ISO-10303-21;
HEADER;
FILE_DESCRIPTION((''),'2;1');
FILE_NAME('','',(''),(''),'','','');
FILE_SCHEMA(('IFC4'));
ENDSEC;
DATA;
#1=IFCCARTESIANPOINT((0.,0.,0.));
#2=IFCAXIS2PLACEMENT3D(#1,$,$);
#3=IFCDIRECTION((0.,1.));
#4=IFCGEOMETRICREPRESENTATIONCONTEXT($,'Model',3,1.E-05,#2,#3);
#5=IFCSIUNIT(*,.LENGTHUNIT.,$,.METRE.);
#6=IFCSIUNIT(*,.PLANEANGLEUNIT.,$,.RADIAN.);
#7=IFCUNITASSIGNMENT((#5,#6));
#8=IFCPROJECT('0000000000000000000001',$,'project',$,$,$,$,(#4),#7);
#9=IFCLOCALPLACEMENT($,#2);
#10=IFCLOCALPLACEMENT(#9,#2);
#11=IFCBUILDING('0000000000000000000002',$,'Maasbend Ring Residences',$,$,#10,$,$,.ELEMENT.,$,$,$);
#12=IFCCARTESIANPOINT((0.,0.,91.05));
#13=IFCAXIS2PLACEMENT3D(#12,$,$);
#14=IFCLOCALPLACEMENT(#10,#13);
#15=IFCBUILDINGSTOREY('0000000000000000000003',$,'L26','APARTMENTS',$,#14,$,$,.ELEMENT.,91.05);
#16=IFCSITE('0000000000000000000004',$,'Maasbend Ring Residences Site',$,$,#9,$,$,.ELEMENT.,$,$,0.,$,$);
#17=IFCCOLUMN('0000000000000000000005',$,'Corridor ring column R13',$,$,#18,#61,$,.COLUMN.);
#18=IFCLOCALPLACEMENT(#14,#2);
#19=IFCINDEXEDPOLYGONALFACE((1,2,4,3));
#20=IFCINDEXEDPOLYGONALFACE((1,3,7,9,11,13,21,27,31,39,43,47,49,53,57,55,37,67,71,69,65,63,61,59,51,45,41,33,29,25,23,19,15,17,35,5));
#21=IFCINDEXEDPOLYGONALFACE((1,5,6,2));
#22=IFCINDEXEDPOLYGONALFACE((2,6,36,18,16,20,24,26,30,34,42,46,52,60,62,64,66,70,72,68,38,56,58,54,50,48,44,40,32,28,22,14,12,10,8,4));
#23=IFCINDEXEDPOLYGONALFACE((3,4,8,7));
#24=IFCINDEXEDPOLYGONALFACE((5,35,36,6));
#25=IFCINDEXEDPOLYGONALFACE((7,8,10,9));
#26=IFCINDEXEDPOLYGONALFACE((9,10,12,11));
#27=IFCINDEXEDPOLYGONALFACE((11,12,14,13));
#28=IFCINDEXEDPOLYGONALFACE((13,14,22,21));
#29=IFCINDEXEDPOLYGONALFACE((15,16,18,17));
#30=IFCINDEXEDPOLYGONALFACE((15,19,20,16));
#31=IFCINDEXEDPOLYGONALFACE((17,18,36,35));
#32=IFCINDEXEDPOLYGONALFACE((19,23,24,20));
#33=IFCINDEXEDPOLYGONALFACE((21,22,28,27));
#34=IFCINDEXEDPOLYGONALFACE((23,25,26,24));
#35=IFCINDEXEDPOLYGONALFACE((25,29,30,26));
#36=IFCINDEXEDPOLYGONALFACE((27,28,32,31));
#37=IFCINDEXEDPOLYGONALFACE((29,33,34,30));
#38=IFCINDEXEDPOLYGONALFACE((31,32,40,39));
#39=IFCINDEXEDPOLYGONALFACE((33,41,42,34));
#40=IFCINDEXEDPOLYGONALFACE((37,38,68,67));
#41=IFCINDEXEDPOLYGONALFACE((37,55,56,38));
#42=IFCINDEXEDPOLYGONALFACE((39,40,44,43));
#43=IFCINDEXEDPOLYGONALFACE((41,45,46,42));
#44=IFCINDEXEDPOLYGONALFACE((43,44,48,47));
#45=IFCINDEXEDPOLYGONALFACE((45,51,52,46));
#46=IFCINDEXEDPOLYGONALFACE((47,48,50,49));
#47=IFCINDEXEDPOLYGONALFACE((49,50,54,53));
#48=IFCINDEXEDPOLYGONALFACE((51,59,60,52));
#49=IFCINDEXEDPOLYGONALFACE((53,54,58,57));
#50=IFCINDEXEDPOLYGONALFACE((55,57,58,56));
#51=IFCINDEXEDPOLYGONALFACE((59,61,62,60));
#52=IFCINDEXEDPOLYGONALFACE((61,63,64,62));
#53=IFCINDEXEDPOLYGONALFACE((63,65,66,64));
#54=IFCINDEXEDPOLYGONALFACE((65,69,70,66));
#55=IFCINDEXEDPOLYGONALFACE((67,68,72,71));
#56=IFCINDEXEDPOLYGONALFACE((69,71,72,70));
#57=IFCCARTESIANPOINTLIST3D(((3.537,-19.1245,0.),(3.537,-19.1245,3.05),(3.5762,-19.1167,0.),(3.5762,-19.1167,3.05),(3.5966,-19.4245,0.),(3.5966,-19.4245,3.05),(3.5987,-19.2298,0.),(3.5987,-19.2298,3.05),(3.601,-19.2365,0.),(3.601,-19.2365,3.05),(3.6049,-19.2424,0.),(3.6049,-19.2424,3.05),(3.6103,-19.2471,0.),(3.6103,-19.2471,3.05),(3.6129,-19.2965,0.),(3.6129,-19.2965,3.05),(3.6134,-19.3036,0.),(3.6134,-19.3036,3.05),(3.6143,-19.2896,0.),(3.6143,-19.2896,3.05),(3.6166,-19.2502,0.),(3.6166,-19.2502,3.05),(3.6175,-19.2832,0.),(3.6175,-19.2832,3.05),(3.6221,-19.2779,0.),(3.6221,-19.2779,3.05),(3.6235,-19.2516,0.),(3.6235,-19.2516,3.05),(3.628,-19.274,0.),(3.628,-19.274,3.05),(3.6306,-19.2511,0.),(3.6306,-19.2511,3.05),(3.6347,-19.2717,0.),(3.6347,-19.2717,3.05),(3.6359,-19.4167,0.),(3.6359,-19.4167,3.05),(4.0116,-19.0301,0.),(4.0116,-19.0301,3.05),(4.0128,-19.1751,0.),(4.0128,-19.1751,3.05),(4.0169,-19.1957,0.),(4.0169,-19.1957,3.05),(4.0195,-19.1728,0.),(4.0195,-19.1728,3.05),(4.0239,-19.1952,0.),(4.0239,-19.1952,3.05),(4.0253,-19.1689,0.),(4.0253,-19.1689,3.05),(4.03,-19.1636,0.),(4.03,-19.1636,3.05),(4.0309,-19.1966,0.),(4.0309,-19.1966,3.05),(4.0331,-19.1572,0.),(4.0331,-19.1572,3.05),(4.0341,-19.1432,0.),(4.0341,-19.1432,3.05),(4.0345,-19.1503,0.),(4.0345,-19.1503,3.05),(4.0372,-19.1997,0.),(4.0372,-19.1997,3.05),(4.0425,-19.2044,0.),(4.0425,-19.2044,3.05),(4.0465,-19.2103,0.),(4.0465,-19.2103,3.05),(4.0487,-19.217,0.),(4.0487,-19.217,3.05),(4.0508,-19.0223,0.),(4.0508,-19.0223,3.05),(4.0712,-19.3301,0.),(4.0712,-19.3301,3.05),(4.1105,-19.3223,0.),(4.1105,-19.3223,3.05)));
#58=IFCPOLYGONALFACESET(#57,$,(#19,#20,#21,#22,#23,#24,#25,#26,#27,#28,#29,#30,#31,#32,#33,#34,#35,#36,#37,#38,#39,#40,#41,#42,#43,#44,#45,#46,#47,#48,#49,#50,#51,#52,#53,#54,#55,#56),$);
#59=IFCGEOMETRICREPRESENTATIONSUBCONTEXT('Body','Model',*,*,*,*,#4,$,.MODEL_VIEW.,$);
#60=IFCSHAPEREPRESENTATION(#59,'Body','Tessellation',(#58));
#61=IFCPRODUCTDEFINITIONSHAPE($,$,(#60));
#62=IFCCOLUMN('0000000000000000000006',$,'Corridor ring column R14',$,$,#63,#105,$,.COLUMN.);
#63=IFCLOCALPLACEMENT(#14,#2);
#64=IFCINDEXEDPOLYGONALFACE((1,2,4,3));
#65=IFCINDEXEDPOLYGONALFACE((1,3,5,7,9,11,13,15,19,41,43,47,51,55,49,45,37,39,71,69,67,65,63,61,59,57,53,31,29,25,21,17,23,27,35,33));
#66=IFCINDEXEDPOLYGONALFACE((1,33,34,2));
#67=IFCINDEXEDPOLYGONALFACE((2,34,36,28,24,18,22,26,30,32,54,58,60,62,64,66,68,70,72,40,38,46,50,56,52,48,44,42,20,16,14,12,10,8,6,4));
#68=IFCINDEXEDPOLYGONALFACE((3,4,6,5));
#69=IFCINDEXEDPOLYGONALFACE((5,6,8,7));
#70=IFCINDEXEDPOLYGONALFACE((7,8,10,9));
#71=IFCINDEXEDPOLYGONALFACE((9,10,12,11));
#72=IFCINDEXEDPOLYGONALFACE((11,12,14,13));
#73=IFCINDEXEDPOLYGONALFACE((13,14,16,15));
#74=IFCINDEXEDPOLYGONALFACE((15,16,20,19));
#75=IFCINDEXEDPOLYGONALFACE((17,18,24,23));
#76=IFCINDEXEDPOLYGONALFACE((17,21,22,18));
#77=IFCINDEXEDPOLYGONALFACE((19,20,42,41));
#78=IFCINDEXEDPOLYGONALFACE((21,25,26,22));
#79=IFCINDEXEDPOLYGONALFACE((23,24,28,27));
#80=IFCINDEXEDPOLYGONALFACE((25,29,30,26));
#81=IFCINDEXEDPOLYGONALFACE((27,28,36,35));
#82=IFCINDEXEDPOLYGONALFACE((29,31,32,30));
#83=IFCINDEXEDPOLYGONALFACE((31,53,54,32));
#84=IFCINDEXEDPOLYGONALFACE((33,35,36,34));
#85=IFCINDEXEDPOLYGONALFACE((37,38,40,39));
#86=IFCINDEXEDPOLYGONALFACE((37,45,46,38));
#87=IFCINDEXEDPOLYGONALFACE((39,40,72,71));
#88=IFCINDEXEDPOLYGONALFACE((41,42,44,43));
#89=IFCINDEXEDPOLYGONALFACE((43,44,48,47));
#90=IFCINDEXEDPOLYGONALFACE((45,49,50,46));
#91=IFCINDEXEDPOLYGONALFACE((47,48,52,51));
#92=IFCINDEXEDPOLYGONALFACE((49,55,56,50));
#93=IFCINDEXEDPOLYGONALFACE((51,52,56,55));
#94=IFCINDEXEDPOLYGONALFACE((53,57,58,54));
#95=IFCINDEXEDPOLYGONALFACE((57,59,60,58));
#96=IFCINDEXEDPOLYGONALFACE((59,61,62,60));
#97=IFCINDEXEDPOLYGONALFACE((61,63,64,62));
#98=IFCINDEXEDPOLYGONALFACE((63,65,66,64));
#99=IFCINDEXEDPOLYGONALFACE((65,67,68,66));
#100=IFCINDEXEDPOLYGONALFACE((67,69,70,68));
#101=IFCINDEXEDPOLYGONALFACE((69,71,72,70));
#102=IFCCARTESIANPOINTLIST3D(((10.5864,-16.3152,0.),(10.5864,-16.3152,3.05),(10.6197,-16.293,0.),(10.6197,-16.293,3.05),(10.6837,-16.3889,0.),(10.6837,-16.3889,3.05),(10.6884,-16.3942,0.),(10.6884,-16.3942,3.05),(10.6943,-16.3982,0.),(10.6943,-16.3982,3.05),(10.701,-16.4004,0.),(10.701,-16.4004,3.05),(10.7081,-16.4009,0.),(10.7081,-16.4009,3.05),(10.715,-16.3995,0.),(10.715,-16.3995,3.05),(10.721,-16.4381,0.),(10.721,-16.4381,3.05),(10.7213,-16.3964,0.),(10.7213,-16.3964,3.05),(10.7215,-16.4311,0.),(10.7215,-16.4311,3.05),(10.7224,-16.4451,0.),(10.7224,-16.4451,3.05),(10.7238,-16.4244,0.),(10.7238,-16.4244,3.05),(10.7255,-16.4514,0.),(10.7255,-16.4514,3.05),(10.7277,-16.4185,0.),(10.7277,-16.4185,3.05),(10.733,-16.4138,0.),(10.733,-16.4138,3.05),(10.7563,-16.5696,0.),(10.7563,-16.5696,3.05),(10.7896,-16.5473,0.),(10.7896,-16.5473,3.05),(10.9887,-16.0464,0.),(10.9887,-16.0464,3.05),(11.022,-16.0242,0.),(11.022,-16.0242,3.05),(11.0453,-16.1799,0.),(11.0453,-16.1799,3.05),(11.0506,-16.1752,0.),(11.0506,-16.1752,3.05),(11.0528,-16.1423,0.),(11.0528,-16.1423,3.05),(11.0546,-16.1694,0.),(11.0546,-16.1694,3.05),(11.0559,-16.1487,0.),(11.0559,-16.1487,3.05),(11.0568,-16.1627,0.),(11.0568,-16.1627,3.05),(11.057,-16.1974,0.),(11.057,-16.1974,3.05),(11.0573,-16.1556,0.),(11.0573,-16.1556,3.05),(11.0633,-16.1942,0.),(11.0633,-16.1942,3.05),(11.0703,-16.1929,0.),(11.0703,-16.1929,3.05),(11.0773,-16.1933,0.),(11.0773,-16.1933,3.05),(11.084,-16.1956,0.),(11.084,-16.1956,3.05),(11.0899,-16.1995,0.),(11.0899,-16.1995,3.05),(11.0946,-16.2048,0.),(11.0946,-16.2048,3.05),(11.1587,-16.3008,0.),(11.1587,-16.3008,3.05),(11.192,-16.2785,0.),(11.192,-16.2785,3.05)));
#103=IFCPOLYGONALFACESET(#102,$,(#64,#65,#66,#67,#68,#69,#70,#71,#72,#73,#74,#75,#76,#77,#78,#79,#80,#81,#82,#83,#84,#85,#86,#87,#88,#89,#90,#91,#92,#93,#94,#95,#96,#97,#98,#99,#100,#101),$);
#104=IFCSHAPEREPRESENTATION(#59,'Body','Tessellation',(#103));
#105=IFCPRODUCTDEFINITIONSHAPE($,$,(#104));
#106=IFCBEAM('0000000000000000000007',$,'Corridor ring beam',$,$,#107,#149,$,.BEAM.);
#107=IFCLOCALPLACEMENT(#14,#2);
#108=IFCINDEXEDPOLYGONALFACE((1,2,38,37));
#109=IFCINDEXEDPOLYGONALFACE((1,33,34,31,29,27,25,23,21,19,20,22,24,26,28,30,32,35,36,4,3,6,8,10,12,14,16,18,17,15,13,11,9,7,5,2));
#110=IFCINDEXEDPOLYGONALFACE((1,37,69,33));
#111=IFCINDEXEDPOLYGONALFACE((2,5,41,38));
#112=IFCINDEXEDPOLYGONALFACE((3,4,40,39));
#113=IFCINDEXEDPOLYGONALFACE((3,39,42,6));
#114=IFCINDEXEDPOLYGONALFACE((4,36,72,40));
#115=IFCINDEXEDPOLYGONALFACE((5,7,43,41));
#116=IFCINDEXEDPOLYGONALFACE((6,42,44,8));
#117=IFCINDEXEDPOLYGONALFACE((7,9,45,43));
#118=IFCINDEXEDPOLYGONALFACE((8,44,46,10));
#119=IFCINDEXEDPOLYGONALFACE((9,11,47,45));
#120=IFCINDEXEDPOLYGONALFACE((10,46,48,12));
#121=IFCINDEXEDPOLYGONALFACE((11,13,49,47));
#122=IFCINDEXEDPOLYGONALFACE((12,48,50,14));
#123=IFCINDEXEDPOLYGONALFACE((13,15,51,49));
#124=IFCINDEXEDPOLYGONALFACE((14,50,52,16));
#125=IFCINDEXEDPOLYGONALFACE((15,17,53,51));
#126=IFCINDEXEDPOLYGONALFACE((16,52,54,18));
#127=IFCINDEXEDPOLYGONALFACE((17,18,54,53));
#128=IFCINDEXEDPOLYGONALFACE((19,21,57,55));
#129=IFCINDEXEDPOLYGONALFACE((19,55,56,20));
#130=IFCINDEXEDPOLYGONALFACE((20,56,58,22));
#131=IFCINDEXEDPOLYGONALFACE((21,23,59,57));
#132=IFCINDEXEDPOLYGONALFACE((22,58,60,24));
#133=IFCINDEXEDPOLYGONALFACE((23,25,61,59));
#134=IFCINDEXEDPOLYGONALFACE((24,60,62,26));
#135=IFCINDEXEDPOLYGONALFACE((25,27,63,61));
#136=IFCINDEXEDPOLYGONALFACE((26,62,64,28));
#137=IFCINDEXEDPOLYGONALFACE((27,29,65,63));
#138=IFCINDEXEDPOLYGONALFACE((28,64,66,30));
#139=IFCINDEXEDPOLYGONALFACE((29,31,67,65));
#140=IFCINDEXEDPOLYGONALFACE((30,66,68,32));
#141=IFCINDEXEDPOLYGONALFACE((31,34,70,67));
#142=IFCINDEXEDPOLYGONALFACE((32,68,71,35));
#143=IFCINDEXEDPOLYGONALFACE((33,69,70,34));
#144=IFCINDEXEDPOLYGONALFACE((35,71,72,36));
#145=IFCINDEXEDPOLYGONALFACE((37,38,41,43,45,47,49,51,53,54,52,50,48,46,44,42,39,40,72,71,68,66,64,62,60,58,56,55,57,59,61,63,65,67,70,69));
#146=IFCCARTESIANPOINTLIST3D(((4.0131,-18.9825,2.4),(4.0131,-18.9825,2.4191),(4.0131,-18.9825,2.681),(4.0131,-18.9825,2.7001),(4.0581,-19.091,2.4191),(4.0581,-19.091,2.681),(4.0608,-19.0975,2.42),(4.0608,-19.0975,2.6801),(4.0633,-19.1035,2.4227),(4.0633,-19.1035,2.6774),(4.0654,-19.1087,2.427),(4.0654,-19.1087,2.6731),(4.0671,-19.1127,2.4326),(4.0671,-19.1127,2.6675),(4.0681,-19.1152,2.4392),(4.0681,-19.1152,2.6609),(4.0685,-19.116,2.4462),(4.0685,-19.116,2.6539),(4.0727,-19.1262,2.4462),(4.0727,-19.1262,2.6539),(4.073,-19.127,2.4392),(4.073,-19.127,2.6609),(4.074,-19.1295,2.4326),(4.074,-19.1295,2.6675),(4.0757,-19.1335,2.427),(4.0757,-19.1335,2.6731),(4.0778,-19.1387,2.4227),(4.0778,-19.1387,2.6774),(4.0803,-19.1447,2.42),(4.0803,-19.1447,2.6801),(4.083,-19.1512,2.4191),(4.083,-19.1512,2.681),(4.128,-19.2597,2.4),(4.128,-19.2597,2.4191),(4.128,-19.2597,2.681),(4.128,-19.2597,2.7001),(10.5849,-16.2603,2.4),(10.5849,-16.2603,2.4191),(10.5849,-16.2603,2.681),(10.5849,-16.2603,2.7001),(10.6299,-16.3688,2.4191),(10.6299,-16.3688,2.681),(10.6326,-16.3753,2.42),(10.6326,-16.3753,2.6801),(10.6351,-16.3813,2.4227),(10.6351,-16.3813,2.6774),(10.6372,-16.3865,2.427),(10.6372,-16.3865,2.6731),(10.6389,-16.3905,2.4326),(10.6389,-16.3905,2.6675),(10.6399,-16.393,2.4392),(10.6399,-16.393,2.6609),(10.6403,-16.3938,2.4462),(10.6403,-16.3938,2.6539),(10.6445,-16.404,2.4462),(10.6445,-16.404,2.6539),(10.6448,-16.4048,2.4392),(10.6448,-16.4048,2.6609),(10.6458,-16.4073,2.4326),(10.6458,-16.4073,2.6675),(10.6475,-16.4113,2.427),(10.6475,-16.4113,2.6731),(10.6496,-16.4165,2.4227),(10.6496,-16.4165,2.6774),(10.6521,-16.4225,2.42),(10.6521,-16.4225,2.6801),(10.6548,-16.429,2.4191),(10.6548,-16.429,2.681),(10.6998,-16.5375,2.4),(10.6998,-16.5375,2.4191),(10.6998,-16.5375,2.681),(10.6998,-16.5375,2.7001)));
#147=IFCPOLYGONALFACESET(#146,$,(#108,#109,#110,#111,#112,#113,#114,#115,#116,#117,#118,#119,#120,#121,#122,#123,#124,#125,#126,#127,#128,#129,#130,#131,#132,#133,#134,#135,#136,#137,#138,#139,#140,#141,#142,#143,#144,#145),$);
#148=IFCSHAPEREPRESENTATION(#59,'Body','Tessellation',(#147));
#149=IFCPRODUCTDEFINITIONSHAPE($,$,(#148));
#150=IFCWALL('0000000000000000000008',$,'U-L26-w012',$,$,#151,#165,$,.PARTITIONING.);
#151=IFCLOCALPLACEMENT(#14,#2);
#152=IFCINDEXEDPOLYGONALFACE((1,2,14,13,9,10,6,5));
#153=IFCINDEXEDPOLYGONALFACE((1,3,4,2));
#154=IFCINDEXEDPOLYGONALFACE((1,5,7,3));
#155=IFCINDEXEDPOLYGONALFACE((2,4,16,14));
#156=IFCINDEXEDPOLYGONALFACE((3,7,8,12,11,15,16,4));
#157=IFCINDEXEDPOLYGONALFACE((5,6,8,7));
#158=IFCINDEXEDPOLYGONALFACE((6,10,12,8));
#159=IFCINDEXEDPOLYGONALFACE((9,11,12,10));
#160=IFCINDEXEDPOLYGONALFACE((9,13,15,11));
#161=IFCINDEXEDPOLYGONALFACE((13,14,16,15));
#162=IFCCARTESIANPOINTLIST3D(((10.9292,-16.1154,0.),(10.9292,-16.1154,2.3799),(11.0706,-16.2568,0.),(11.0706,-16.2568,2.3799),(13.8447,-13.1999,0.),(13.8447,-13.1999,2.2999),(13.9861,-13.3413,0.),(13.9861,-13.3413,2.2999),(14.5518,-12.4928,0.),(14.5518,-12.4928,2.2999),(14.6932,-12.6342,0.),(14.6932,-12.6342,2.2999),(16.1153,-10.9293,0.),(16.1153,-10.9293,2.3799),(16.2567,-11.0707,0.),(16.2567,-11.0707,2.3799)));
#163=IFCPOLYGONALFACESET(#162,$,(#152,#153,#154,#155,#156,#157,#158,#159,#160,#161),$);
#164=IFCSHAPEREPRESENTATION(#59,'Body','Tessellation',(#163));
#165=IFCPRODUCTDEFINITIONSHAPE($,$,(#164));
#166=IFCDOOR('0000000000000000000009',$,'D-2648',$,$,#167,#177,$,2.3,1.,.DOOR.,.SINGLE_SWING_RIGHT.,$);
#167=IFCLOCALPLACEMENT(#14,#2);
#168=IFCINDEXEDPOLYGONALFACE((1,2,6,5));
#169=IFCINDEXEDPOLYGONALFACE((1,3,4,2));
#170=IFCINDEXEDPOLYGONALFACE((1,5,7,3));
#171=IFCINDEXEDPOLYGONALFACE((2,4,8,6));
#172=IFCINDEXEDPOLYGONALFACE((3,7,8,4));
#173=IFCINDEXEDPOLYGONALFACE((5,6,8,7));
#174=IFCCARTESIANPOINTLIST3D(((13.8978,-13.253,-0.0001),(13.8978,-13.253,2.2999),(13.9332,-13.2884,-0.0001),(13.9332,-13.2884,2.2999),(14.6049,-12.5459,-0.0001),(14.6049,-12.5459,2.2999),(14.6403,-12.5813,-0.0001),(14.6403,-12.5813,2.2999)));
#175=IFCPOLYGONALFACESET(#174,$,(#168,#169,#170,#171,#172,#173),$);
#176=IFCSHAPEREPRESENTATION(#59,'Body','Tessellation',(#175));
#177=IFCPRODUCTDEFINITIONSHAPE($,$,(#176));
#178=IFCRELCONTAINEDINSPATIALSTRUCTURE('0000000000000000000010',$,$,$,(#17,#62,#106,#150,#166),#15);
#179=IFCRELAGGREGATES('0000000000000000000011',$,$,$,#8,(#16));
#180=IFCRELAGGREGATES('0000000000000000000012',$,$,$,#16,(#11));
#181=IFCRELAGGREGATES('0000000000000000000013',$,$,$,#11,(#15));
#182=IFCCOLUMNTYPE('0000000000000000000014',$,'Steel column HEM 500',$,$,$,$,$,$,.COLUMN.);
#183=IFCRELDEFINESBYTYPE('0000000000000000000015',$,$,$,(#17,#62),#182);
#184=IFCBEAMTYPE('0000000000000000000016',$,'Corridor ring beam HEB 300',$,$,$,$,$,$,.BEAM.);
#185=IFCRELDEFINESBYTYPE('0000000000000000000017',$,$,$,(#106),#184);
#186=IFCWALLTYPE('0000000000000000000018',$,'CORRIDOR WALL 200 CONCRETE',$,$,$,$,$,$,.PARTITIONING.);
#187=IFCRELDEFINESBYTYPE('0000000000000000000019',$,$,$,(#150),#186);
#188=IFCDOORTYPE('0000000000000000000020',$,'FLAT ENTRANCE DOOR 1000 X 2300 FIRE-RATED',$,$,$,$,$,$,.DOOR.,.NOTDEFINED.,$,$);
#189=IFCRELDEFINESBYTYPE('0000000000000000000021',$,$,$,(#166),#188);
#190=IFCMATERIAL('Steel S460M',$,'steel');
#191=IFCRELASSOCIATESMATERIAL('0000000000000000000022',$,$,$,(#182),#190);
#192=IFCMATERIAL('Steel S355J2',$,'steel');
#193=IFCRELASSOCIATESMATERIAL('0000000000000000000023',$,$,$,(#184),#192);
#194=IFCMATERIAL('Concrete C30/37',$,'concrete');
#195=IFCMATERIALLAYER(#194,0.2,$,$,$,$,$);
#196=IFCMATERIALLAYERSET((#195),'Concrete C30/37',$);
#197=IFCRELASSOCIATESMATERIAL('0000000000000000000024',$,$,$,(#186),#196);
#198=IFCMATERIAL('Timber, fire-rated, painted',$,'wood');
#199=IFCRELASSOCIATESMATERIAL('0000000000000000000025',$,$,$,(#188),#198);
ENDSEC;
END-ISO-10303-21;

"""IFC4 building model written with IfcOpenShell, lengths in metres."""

from ifc_helpers import new_model, si_unit, direction, frame, frame_2d, origin, origin_2d, place, context, subcontext, project, spatial, rectangle, i_section, extrude, material, layer, layer_set, material_profile, profile_set, type_object, element, fill, save


model = new_model("IFC4")

# Units and contexts
model_context = context("Model", 3, precision=1e-05, world=origin(), true_north=direction((0.0, 1.0)))
body_context = subcontext(model_context, "Body", "Model", "MODEL_VIEW")
ifc_project = project(units=[si_unit("LENGTHUNIT", "METRE"), si_unit("PLANEANGLEUNIT", "RADIAN")], contexts=[model_context])

# Site, building, storey
site_placement = place(None, origin())
site = spatial("IfcSite", under=ifc_project, at=site_placement, Name="Maasbend Ring Residences Site", CompositionType="ELEMENT", RefElevation=0.0)
building_placement = place(site_placement, origin())
building = spatial("IfcBuilding", under=site, at=building_placement, Name="Maasbend Ring Residences", CompositionType="ELEMENT")
storey_placement = place(building_placement, frame((0.0, 0.0, 91.05)))
storey = spatial("IfcBuildingStorey", under=building, at=storey_placement, Name="L26", Description="APARTMENTS", CompositionType="ELEMENT", Elevation=91.05)

# Columns
ifc_material_1 = material(Name="Steel S460M", Category="steel")
ifc_material_profile_1 = material_profile(ifc_material_1, i_section(OverallWidth=0.3059, OverallDepth=0.5239, WebThickness=0.021, FlangeThickness=0.04, FilletRadius=0.0271, at=origin_2d()), Name="HEM 500")
ifc_profile_set_1 = profile_set([ifc_material_profile_1], Name="Steel S460M")
column_type = type_object("IfcColumnType", Name="Steel column HEM 500", PredefinedType="COLUMN", material=ifc_profile_set_1)
for number, where, z_axis, x_axis, name in (
    (1, (3.8237, -19.2234, 0.0), (0.0, 0.0, 1.0), (0.19509, -0.980785, 0.0), "Corridor ring column R13"),
    (2, (10.8892, -16.2969, 0.0), (0.0, 0.0, 1.0), (0.55557, -0.83147, 0.0), "Corridor ring column R14"),
):
    element("IfcColumn", number, at=place(storey_placement, frame(where, z_axis=z_axis, x_axis=x_axis)), inside=storey, type_object=column_type, Name=name, PredefinedType="COLUMN", context=body_context, shape_type="SweptSolid", body=[
        extrude(i_section(OverallWidth=0.3059, OverallDepth=0.5239, WebThickness=0.021, FlangeThickness=0.04, FilletRadius=0.0271, at=origin_2d()), origin(), (0.0, 0.0, 1.0), 3.05),
    ])

# Beam
ifc_material_2 = material(Name="Steel S355J2", Category="steel")
ifc_material_profile_2 = material_profile(ifc_material_2, i_section(OverallWidth=0.3, OverallDepth=0.3, WebThickness=0.011, FlangeThickness=0.019, FilletRadius=0.0271, at=origin_2d()), Name="HEB 300")
ifc_profile_set_2 = profile_set([ifc_material_profile_2], Name="Steel S355J2")
beam_type = type_object("IfcBeamType", Name="Corridor ring beam HEB 300", PredefinedType="BEAM", material=ifc_profile_set_2)
beam_placement = place(storey_placement, frame((4.0706, -19.1211, 2.55), z_axis=(0.923877, 0.382689, 0.0), x_axis=(-0.382689, 0.923877, 0.0)))
element("IfcBeam", 3, at=beam_placement, inside=storey, type_object=beam_type, Name="Corridor ring beam", PredefinedType="BEAM", context=body_context, shape_type="SweptSolid", body=[
    extrude(i_section(OverallWidth=0.3, OverallDepth=0.3, WebThickness=0.011, FlangeThickness=0.019, FilletRadius=0.0271, at=origin_2d()), origin(), (0.0, 0.0, 1.0), 7.1133),
])

# Wall, opening, door
ifc_material_3 = material(Name="Concrete C30/37", Category="concrete")
ifc_layer_1 = layer(ifc_material_3, 0.2)
ifc_layer_set_1 = layer_set([ifc_layer_1], Name="Concrete C30/37")
wall_type_1 = type_object("IfcWallType", Name="CORRIDOR WALL 200 CONCRETE", PredefinedType="PARTITIONING", material=ifc_layer_set_1)
wall_1_placement = place(storey_placement, frame((11.0, -16.186, 0.0), z_axis=(0.0, 0.0, 1.0), x_axis=(0.707107, 0.707107, 0.0)))
wall_1 = element("IfcWall", 4, at=wall_1_placement, inside=storey, type_object=wall_type_1, Name="U-L26-w012", PredefinedType="PARTITIONING", context=body_context, shape_type="SweptSolid", body=[
    extrude(rectangle(XDim=7.3342, YDim=0.2, at=frame_2d((3.667, 0.0))), origin(), (0.0, 0.0, 1.0), 2.3799),
])
opening_1_placement = place(wall_1_placement, frame((4.123, 0.0, 0.0)))
opening_1 = element("IfcOpeningElement", 5, at=opening_1_placement, cuts=wall_1, PredefinedType="OPENING", context=body_context, shape_type="SweptSolid", body=[
    extrude(rectangle(XDim=1.0, YDim=2.3, at=frame_2d((0.5, 1.1499))), frame((0.0, 0.1099, 0.0), z_axis=(0.0, -1.0, 0.0), x_axis=(1.0, 0.0, 0.0)), (0.0, 0.0, 1.0), 0.22),
])
ifc_material_4 = material(Name="Timber, fire-rated, painted", Category="wood")
door_type_1 = type_object("IfcDoorType", Name="FLAT ENTRANCE DOOR 1000 X 2300 FIRE-RATED", OperationType="NOTDEFINED", PredefinedType="DOOR", material=ifc_material_4)
door_1_placement = place(opening_1_placement, origin())
door_1 = element("IfcDoor", 6, at=door_1_placement, inside=storey, type_object=door_type_1, Name="D-2648", OperationType="SINGLE_SWING_RIGHT", OverallHeight=2.3, OverallWidth=1.0, PredefinedType="DOOR", context=body_context, shape_type="SweptSolid", body=[
    extrude(rectangle(XDim=1.0, YDim=2.3, at=frame_2d((0.5, 1.1499))), frame((0.0, 0.0249, 0.0), z_axis=(0.0, -1.0, 0.0), x_axis=(1.0, 0.0, 0.0)), (0.0, 0.0, 1.0), 0.05),
])
fill(opening_1, door_1)

save(model, "model.ifc")
